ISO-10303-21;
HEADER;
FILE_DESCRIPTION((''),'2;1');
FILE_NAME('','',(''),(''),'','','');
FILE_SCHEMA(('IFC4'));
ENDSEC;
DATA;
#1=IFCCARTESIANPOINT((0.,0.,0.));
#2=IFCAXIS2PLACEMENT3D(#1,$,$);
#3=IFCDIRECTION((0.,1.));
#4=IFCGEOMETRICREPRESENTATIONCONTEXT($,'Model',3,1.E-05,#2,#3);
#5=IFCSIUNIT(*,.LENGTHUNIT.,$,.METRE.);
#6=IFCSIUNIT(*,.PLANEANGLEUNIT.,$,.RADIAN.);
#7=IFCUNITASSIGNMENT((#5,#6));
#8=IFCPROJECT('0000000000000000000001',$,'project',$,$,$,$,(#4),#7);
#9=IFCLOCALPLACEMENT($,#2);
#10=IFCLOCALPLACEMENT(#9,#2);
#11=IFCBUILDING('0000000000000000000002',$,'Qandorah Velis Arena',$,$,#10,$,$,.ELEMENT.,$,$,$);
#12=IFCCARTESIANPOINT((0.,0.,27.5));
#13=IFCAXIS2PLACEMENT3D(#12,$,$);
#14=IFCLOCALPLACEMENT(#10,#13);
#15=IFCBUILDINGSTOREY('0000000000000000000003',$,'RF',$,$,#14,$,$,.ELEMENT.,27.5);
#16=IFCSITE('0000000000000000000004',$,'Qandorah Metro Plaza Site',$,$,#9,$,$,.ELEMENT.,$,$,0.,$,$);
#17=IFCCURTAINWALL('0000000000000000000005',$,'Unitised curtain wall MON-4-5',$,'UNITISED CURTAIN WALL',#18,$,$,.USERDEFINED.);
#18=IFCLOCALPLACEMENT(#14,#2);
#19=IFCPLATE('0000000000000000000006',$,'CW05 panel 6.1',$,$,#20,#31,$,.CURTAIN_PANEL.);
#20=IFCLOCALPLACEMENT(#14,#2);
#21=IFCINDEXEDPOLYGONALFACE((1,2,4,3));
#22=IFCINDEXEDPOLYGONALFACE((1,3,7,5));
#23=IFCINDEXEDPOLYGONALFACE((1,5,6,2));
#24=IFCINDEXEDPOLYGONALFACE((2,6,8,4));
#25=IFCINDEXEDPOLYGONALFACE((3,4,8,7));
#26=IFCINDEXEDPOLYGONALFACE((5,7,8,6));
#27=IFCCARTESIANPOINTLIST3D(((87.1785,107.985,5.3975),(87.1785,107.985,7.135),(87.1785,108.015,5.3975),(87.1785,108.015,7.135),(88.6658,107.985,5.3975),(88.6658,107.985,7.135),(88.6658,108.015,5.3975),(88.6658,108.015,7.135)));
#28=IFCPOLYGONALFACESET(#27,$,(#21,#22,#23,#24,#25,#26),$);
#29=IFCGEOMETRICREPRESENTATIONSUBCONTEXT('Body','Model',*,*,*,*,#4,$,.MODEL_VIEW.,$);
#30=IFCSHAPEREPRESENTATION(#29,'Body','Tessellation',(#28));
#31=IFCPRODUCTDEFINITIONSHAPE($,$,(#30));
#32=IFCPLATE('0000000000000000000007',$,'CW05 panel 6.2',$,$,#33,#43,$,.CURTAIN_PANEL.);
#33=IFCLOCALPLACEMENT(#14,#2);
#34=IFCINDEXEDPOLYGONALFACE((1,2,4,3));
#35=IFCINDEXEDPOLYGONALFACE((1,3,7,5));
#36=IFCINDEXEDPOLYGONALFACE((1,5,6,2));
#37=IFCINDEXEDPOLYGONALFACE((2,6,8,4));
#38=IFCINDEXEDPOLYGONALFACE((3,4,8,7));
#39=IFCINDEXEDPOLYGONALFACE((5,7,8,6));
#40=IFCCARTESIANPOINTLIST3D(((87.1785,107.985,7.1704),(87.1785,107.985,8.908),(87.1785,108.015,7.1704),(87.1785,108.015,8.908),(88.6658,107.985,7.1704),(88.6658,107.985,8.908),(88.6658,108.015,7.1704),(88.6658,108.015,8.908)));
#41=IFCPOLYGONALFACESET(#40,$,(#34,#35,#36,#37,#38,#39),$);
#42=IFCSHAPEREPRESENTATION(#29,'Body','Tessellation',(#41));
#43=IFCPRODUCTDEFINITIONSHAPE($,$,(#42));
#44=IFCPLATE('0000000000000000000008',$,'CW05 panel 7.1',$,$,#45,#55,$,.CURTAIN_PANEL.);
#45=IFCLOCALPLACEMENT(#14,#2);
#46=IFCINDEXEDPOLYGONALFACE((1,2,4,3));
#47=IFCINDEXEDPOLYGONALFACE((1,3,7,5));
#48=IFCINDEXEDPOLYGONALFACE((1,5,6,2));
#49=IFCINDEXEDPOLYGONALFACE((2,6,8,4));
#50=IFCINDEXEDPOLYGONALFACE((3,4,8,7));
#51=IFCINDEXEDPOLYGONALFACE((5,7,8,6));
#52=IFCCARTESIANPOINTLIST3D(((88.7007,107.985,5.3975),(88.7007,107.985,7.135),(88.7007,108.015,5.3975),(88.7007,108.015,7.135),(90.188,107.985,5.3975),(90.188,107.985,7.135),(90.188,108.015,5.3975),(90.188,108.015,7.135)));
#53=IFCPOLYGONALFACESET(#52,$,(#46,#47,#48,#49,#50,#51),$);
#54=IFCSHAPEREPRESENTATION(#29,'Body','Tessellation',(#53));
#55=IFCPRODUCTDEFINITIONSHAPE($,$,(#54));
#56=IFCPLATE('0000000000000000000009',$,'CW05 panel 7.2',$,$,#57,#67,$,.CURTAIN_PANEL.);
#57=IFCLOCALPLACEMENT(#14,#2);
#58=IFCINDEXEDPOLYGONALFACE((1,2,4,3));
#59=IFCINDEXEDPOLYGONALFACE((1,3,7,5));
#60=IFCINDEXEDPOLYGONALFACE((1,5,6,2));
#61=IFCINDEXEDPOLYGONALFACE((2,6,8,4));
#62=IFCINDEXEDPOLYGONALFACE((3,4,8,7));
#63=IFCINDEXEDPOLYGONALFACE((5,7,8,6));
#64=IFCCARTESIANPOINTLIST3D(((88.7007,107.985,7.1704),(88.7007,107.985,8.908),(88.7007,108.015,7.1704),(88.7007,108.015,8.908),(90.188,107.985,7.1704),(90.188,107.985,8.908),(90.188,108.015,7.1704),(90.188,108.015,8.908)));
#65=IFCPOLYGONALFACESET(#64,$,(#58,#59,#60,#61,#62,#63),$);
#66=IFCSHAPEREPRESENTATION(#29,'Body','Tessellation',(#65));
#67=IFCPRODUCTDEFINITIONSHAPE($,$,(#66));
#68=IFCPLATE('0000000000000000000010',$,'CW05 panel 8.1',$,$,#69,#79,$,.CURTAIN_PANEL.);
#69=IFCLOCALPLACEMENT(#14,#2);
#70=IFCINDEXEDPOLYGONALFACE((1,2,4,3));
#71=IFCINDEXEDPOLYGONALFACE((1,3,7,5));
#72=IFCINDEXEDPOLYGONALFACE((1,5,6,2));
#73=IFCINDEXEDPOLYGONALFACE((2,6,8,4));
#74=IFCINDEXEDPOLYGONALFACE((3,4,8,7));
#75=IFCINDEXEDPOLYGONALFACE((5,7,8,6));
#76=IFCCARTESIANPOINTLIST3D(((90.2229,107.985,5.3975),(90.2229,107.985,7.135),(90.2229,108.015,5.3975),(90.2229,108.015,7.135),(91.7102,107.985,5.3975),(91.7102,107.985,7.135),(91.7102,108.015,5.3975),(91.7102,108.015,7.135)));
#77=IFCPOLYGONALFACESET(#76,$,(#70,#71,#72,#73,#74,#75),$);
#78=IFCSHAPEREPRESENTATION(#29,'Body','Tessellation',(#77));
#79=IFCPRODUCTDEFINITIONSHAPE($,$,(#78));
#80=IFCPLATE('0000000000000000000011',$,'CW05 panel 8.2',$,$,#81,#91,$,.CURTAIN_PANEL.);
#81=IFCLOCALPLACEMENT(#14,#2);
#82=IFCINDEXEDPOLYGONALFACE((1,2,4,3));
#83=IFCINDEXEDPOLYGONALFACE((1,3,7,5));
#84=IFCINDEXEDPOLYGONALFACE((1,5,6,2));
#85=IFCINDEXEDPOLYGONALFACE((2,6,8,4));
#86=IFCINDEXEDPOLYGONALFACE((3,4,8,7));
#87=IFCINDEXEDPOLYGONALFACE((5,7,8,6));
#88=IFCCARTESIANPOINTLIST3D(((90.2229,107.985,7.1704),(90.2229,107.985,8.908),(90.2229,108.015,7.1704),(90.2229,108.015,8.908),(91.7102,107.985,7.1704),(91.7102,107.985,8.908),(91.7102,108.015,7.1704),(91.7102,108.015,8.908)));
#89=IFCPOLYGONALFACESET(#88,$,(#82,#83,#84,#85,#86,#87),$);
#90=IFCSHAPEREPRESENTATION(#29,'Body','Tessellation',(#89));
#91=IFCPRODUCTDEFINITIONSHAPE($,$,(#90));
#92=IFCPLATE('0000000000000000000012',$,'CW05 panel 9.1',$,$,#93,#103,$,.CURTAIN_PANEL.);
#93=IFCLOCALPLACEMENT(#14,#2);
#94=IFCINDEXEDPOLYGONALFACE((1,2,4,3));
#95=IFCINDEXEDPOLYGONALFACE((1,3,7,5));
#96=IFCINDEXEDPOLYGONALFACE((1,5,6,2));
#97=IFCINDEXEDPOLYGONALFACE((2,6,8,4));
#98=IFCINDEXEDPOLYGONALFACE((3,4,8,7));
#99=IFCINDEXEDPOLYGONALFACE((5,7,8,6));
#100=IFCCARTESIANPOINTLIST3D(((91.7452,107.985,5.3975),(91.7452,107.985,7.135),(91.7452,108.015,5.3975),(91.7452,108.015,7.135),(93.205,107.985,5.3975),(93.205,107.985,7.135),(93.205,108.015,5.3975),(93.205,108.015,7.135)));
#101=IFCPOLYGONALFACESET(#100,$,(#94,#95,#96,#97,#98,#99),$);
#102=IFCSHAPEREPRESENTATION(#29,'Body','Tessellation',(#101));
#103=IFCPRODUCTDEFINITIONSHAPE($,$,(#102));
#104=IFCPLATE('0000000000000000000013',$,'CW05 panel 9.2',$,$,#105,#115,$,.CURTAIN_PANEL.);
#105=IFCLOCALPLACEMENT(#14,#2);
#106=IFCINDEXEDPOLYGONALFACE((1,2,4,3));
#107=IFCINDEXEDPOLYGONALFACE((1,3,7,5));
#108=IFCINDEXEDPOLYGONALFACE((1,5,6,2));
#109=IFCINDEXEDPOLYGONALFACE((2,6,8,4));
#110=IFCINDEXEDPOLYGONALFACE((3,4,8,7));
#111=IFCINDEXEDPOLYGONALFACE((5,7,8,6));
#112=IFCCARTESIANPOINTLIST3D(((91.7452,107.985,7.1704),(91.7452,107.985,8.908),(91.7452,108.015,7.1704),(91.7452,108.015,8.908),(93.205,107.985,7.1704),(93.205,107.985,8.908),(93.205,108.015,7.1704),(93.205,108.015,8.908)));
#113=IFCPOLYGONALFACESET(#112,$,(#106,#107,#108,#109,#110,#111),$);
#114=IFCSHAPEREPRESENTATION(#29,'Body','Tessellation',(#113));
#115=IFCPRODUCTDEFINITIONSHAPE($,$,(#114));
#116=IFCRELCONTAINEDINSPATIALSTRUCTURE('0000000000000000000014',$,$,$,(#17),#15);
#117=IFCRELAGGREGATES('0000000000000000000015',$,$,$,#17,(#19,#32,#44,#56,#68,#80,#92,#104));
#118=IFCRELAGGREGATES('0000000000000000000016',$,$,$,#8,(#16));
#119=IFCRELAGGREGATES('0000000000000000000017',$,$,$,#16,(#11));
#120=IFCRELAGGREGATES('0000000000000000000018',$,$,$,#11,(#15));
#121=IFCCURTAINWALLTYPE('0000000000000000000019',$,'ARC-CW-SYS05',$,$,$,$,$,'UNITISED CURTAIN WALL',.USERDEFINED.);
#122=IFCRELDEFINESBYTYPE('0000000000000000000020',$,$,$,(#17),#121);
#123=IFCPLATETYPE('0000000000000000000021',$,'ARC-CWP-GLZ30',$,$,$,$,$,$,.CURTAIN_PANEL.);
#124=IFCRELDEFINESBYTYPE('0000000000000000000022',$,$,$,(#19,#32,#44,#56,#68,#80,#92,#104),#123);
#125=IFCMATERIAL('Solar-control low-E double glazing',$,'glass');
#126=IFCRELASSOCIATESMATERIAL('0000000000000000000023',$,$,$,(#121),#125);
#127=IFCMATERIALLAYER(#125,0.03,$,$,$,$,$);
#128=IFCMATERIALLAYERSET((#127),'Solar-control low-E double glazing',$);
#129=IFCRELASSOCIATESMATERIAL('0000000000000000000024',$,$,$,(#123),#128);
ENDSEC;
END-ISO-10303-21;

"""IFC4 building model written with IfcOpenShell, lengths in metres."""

from ifc_helpers import new_model, si_unit, direction, frame, origin, origin_2d, place, context, subcontext, project, spatial, rectangle, extrude, material, layer, layer_set, type_object, element, aggregate, save


model = new_model("IFC4")

# Units and contexts
model_context = context("Model", 3, precision=1e-05, world=origin(), true_north=direction((0.0, 1.0)))
body_context = subcontext(model_context, "Body", "Model", "MODEL_VIEW")
ifc_project = project(units=[si_unit("LENGTHUNIT", "METRE"), si_unit("PLANEANGLEUNIT", "RADIAN")], contexts=[model_context])

# Site, building, storey
site_placement = place(None, origin())
site = spatial("IfcSite", under=ifc_project, at=site_placement, Name="Qandorah Metro Plaza Site", CompositionType="ELEMENT", RefElevation=0.0)
building_placement = place(site_placement, origin())
building = spatial("IfcBuilding", under=site, at=building_placement, Name="Qandorah Velis Arena", CompositionType="ELEMENT")
storey_placement = place(building_placement, frame((0.0, 0.0, 27.5)))
storey = spatial("IfcBuildingStorey", under=building, at=storey_placement, Name="RF", CompositionType="ELEMENT", Elevation=27.5)

# Curtain wall
ifc_material_1 = material(Name="Solar-control low-E double glazing", Category="glass")
curtain_wall_type_1 = type_object("IfcCurtainWallType", Name="ARC-CW-SYS05", ElementType="UNITISED CURTAIN WALL", PredefinedType="USERDEFINED", material=ifc_material_1)
curtain_wall_1_placement = place(storey_placement, origin())
curtain_wall_1 = element("IfcCurtainWall", 1, at=curtain_wall_1_placement, inside=storey, type_object=curtain_wall_type_1, Name="Unitised curtain wall MON-4-5", ObjectType="UNITISED CURTAIN WALL", PredefinedType="USERDEFINED")

# Plates
ifc_layer = layer(ifc_material_1, 0.03)
ifc_layer_set = layer_set([ifc_layer], Name="Solar-control low-E double glazing")
plate_type = type_object("IfcPlateType", Name="ARC-CWP-GLZ30", PredefinedType="CURTAIN_PANEL", material=ifc_layer_set)
plate_1_placement = place(storey_placement, frame((87.9221, 108.0, 5.3975), z_axis=(0.0, 0.0, 1.0), x_axis=(1.0, 0.0, 0.0)))
plate_1 = element("IfcPlate", 2, at=plate_1_placement, type_object=plate_type, Name="CW05 panel 6.1", PredefinedType="CURTAIN_PANEL", context=body_context, shape_type="SweptSolid", body=[
    extrude(rectangle(XDim=1.4873, YDim=0.03, at=origin_2d()), origin(), (0.0, 0.0, 1.0), 1.7375),
])
plate_2_placement = place(storey_placement, frame((87.9221, 108.0, 7.1704), z_axis=(0.0, 0.0, 1.0), x_axis=(1.0, 0.0, 0.0)))
plate_2 = element("IfcPlate", 3, at=plate_2_placement, type_object=plate_type, Name="CW05 panel 6.2", PredefinedType="CURTAIN_PANEL", context=body_context, shape_type="SweptSolid", body=[
    extrude(rectangle(XDim=1.4873, YDim=0.03, at=origin_2d()), origin(), (0.0, 0.0, 1.0), 1.7375),
])
plate_3_placement = place(storey_placement, frame((89.4443, 108.0, 5.3975), z_axis=(0.0, 0.0, 1.0), x_axis=(1.0, 0.0, 0.0)))
plate_3 = element("IfcPlate", 4, at=plate_3_placement, type_object=plate_type, Name="CW05 panel 7.1", PredefinedType="CURTAIN_PANEL", context=body_context, shape_type="SweptSolid", body=[
    extrude(rectangle(XDim=1.4873, YDim=0.03, at=origin_2d()), origin(), (0.0, 0.0, 1.0), 1.7375),
])
plate_4_placement = place(storey_placement, frame((89.4443, 108.0, 7.1704), z_axis=(0.0, 0.0, 1.0), x_axis=(1.0, 0.0, 0.0)))
plate_4 = element("IfcPlate", 5, at=plate_4_placement, type_object=plate_type, Name="CW05 panel 7.2", PredefinedType="CURTAIN_PANEL", context=body_context, shape_type="SweptSolid", body=[
    extrude(rectangle(XDim=1.4873, YDim=0.03, at=origin_2d()), origin(), (0.0, 0.0, 1.0), 1.7375),
])
plate_5_placement = place(storey_placement, frame((90.9666, 108.0, 5.3975), z_axis=(0.0, 0.0, 1.0), x_axis=(1.0, 0.0, 0.0)))
plate_5 = element("IfcPlate", 6, at=plate_5_placement, type_object=plate_type, Name="CW05 panel 8.1", PredefinedType="CURTAIN_PANEL", context=body_context, shape_type="SweptSolid", body=[
    extrude(rectangle(XDim=1.4873, YDim=0.03, at=origin_2d()), origin(), (0.0, 0.0, 1.0), 1.7375),
])
plate_6_placement = place(storey_placement, frame((90.9666, 108.0, 7.1704), z_axis=(0.0, 0.0, 1.0), x_axis=(1.0, 0.0, 0.0)))
plate_6 = element("IfcPlate", 7, at=plate_6_placement, type_object=plate_type, Name="CW05 panel 8.2", PredefinedType="CURTAIN_PANEL", context=body_context, shape_type="SweptSolid", body=[
    extrude(rectangle(XDim=1.4873, YDim=0.03, at=origin_2d()), origin(), (0.0, 0.0, 1.0), 1.7375),
])
plate_7_placement = place(storey_placement, frame((92.4751, 108.0, 5.3975), z_axis=(0.0, 0.0, 1.0), x_axis=(1.0, 0.0, 0.0)))
plate_7 = element("IfcPlate", 8, at=plate_7_placement, type_object=plate_type, Name="CW05 panel 9.1", PredefinedType="CURTAIN_PANEL", context=body_context, shape_type="SweptSolid", body=[
    extrude(rectangle(XDim=1.4597, YDim=0.03, at=origin_2d()), origin(), (0.0, 0.0, 1.0), 1.7375),
])
plate_8_placement = place(storey_placement, frame((92.4751, 108.0, 7.1704), z_axis=(0.0, 0.0, 1.0), x_axis=(1.0, 0.0, 0.0)))
plate_8 = element("IfcPlate", 9, at=plate_8_placement, type_object=plate_type, Name="CW05 panel 9.2", PredefinedType="CURTAIN_PANEL", context=body_context, shape_type="SweptSolid", body=[
    extrude(rectangle(XDim=1.4597, YDim=0.03, at=origin_2d()), origin(), (0.0, 0.0, 1.0), 1.7375),
])
aggregate(curtain_wall_1, [plate_1, plate_2, plate_3, plate_4, plate_5, plate_6, plate_7, plate_8])

save(model, "model.ifc")
